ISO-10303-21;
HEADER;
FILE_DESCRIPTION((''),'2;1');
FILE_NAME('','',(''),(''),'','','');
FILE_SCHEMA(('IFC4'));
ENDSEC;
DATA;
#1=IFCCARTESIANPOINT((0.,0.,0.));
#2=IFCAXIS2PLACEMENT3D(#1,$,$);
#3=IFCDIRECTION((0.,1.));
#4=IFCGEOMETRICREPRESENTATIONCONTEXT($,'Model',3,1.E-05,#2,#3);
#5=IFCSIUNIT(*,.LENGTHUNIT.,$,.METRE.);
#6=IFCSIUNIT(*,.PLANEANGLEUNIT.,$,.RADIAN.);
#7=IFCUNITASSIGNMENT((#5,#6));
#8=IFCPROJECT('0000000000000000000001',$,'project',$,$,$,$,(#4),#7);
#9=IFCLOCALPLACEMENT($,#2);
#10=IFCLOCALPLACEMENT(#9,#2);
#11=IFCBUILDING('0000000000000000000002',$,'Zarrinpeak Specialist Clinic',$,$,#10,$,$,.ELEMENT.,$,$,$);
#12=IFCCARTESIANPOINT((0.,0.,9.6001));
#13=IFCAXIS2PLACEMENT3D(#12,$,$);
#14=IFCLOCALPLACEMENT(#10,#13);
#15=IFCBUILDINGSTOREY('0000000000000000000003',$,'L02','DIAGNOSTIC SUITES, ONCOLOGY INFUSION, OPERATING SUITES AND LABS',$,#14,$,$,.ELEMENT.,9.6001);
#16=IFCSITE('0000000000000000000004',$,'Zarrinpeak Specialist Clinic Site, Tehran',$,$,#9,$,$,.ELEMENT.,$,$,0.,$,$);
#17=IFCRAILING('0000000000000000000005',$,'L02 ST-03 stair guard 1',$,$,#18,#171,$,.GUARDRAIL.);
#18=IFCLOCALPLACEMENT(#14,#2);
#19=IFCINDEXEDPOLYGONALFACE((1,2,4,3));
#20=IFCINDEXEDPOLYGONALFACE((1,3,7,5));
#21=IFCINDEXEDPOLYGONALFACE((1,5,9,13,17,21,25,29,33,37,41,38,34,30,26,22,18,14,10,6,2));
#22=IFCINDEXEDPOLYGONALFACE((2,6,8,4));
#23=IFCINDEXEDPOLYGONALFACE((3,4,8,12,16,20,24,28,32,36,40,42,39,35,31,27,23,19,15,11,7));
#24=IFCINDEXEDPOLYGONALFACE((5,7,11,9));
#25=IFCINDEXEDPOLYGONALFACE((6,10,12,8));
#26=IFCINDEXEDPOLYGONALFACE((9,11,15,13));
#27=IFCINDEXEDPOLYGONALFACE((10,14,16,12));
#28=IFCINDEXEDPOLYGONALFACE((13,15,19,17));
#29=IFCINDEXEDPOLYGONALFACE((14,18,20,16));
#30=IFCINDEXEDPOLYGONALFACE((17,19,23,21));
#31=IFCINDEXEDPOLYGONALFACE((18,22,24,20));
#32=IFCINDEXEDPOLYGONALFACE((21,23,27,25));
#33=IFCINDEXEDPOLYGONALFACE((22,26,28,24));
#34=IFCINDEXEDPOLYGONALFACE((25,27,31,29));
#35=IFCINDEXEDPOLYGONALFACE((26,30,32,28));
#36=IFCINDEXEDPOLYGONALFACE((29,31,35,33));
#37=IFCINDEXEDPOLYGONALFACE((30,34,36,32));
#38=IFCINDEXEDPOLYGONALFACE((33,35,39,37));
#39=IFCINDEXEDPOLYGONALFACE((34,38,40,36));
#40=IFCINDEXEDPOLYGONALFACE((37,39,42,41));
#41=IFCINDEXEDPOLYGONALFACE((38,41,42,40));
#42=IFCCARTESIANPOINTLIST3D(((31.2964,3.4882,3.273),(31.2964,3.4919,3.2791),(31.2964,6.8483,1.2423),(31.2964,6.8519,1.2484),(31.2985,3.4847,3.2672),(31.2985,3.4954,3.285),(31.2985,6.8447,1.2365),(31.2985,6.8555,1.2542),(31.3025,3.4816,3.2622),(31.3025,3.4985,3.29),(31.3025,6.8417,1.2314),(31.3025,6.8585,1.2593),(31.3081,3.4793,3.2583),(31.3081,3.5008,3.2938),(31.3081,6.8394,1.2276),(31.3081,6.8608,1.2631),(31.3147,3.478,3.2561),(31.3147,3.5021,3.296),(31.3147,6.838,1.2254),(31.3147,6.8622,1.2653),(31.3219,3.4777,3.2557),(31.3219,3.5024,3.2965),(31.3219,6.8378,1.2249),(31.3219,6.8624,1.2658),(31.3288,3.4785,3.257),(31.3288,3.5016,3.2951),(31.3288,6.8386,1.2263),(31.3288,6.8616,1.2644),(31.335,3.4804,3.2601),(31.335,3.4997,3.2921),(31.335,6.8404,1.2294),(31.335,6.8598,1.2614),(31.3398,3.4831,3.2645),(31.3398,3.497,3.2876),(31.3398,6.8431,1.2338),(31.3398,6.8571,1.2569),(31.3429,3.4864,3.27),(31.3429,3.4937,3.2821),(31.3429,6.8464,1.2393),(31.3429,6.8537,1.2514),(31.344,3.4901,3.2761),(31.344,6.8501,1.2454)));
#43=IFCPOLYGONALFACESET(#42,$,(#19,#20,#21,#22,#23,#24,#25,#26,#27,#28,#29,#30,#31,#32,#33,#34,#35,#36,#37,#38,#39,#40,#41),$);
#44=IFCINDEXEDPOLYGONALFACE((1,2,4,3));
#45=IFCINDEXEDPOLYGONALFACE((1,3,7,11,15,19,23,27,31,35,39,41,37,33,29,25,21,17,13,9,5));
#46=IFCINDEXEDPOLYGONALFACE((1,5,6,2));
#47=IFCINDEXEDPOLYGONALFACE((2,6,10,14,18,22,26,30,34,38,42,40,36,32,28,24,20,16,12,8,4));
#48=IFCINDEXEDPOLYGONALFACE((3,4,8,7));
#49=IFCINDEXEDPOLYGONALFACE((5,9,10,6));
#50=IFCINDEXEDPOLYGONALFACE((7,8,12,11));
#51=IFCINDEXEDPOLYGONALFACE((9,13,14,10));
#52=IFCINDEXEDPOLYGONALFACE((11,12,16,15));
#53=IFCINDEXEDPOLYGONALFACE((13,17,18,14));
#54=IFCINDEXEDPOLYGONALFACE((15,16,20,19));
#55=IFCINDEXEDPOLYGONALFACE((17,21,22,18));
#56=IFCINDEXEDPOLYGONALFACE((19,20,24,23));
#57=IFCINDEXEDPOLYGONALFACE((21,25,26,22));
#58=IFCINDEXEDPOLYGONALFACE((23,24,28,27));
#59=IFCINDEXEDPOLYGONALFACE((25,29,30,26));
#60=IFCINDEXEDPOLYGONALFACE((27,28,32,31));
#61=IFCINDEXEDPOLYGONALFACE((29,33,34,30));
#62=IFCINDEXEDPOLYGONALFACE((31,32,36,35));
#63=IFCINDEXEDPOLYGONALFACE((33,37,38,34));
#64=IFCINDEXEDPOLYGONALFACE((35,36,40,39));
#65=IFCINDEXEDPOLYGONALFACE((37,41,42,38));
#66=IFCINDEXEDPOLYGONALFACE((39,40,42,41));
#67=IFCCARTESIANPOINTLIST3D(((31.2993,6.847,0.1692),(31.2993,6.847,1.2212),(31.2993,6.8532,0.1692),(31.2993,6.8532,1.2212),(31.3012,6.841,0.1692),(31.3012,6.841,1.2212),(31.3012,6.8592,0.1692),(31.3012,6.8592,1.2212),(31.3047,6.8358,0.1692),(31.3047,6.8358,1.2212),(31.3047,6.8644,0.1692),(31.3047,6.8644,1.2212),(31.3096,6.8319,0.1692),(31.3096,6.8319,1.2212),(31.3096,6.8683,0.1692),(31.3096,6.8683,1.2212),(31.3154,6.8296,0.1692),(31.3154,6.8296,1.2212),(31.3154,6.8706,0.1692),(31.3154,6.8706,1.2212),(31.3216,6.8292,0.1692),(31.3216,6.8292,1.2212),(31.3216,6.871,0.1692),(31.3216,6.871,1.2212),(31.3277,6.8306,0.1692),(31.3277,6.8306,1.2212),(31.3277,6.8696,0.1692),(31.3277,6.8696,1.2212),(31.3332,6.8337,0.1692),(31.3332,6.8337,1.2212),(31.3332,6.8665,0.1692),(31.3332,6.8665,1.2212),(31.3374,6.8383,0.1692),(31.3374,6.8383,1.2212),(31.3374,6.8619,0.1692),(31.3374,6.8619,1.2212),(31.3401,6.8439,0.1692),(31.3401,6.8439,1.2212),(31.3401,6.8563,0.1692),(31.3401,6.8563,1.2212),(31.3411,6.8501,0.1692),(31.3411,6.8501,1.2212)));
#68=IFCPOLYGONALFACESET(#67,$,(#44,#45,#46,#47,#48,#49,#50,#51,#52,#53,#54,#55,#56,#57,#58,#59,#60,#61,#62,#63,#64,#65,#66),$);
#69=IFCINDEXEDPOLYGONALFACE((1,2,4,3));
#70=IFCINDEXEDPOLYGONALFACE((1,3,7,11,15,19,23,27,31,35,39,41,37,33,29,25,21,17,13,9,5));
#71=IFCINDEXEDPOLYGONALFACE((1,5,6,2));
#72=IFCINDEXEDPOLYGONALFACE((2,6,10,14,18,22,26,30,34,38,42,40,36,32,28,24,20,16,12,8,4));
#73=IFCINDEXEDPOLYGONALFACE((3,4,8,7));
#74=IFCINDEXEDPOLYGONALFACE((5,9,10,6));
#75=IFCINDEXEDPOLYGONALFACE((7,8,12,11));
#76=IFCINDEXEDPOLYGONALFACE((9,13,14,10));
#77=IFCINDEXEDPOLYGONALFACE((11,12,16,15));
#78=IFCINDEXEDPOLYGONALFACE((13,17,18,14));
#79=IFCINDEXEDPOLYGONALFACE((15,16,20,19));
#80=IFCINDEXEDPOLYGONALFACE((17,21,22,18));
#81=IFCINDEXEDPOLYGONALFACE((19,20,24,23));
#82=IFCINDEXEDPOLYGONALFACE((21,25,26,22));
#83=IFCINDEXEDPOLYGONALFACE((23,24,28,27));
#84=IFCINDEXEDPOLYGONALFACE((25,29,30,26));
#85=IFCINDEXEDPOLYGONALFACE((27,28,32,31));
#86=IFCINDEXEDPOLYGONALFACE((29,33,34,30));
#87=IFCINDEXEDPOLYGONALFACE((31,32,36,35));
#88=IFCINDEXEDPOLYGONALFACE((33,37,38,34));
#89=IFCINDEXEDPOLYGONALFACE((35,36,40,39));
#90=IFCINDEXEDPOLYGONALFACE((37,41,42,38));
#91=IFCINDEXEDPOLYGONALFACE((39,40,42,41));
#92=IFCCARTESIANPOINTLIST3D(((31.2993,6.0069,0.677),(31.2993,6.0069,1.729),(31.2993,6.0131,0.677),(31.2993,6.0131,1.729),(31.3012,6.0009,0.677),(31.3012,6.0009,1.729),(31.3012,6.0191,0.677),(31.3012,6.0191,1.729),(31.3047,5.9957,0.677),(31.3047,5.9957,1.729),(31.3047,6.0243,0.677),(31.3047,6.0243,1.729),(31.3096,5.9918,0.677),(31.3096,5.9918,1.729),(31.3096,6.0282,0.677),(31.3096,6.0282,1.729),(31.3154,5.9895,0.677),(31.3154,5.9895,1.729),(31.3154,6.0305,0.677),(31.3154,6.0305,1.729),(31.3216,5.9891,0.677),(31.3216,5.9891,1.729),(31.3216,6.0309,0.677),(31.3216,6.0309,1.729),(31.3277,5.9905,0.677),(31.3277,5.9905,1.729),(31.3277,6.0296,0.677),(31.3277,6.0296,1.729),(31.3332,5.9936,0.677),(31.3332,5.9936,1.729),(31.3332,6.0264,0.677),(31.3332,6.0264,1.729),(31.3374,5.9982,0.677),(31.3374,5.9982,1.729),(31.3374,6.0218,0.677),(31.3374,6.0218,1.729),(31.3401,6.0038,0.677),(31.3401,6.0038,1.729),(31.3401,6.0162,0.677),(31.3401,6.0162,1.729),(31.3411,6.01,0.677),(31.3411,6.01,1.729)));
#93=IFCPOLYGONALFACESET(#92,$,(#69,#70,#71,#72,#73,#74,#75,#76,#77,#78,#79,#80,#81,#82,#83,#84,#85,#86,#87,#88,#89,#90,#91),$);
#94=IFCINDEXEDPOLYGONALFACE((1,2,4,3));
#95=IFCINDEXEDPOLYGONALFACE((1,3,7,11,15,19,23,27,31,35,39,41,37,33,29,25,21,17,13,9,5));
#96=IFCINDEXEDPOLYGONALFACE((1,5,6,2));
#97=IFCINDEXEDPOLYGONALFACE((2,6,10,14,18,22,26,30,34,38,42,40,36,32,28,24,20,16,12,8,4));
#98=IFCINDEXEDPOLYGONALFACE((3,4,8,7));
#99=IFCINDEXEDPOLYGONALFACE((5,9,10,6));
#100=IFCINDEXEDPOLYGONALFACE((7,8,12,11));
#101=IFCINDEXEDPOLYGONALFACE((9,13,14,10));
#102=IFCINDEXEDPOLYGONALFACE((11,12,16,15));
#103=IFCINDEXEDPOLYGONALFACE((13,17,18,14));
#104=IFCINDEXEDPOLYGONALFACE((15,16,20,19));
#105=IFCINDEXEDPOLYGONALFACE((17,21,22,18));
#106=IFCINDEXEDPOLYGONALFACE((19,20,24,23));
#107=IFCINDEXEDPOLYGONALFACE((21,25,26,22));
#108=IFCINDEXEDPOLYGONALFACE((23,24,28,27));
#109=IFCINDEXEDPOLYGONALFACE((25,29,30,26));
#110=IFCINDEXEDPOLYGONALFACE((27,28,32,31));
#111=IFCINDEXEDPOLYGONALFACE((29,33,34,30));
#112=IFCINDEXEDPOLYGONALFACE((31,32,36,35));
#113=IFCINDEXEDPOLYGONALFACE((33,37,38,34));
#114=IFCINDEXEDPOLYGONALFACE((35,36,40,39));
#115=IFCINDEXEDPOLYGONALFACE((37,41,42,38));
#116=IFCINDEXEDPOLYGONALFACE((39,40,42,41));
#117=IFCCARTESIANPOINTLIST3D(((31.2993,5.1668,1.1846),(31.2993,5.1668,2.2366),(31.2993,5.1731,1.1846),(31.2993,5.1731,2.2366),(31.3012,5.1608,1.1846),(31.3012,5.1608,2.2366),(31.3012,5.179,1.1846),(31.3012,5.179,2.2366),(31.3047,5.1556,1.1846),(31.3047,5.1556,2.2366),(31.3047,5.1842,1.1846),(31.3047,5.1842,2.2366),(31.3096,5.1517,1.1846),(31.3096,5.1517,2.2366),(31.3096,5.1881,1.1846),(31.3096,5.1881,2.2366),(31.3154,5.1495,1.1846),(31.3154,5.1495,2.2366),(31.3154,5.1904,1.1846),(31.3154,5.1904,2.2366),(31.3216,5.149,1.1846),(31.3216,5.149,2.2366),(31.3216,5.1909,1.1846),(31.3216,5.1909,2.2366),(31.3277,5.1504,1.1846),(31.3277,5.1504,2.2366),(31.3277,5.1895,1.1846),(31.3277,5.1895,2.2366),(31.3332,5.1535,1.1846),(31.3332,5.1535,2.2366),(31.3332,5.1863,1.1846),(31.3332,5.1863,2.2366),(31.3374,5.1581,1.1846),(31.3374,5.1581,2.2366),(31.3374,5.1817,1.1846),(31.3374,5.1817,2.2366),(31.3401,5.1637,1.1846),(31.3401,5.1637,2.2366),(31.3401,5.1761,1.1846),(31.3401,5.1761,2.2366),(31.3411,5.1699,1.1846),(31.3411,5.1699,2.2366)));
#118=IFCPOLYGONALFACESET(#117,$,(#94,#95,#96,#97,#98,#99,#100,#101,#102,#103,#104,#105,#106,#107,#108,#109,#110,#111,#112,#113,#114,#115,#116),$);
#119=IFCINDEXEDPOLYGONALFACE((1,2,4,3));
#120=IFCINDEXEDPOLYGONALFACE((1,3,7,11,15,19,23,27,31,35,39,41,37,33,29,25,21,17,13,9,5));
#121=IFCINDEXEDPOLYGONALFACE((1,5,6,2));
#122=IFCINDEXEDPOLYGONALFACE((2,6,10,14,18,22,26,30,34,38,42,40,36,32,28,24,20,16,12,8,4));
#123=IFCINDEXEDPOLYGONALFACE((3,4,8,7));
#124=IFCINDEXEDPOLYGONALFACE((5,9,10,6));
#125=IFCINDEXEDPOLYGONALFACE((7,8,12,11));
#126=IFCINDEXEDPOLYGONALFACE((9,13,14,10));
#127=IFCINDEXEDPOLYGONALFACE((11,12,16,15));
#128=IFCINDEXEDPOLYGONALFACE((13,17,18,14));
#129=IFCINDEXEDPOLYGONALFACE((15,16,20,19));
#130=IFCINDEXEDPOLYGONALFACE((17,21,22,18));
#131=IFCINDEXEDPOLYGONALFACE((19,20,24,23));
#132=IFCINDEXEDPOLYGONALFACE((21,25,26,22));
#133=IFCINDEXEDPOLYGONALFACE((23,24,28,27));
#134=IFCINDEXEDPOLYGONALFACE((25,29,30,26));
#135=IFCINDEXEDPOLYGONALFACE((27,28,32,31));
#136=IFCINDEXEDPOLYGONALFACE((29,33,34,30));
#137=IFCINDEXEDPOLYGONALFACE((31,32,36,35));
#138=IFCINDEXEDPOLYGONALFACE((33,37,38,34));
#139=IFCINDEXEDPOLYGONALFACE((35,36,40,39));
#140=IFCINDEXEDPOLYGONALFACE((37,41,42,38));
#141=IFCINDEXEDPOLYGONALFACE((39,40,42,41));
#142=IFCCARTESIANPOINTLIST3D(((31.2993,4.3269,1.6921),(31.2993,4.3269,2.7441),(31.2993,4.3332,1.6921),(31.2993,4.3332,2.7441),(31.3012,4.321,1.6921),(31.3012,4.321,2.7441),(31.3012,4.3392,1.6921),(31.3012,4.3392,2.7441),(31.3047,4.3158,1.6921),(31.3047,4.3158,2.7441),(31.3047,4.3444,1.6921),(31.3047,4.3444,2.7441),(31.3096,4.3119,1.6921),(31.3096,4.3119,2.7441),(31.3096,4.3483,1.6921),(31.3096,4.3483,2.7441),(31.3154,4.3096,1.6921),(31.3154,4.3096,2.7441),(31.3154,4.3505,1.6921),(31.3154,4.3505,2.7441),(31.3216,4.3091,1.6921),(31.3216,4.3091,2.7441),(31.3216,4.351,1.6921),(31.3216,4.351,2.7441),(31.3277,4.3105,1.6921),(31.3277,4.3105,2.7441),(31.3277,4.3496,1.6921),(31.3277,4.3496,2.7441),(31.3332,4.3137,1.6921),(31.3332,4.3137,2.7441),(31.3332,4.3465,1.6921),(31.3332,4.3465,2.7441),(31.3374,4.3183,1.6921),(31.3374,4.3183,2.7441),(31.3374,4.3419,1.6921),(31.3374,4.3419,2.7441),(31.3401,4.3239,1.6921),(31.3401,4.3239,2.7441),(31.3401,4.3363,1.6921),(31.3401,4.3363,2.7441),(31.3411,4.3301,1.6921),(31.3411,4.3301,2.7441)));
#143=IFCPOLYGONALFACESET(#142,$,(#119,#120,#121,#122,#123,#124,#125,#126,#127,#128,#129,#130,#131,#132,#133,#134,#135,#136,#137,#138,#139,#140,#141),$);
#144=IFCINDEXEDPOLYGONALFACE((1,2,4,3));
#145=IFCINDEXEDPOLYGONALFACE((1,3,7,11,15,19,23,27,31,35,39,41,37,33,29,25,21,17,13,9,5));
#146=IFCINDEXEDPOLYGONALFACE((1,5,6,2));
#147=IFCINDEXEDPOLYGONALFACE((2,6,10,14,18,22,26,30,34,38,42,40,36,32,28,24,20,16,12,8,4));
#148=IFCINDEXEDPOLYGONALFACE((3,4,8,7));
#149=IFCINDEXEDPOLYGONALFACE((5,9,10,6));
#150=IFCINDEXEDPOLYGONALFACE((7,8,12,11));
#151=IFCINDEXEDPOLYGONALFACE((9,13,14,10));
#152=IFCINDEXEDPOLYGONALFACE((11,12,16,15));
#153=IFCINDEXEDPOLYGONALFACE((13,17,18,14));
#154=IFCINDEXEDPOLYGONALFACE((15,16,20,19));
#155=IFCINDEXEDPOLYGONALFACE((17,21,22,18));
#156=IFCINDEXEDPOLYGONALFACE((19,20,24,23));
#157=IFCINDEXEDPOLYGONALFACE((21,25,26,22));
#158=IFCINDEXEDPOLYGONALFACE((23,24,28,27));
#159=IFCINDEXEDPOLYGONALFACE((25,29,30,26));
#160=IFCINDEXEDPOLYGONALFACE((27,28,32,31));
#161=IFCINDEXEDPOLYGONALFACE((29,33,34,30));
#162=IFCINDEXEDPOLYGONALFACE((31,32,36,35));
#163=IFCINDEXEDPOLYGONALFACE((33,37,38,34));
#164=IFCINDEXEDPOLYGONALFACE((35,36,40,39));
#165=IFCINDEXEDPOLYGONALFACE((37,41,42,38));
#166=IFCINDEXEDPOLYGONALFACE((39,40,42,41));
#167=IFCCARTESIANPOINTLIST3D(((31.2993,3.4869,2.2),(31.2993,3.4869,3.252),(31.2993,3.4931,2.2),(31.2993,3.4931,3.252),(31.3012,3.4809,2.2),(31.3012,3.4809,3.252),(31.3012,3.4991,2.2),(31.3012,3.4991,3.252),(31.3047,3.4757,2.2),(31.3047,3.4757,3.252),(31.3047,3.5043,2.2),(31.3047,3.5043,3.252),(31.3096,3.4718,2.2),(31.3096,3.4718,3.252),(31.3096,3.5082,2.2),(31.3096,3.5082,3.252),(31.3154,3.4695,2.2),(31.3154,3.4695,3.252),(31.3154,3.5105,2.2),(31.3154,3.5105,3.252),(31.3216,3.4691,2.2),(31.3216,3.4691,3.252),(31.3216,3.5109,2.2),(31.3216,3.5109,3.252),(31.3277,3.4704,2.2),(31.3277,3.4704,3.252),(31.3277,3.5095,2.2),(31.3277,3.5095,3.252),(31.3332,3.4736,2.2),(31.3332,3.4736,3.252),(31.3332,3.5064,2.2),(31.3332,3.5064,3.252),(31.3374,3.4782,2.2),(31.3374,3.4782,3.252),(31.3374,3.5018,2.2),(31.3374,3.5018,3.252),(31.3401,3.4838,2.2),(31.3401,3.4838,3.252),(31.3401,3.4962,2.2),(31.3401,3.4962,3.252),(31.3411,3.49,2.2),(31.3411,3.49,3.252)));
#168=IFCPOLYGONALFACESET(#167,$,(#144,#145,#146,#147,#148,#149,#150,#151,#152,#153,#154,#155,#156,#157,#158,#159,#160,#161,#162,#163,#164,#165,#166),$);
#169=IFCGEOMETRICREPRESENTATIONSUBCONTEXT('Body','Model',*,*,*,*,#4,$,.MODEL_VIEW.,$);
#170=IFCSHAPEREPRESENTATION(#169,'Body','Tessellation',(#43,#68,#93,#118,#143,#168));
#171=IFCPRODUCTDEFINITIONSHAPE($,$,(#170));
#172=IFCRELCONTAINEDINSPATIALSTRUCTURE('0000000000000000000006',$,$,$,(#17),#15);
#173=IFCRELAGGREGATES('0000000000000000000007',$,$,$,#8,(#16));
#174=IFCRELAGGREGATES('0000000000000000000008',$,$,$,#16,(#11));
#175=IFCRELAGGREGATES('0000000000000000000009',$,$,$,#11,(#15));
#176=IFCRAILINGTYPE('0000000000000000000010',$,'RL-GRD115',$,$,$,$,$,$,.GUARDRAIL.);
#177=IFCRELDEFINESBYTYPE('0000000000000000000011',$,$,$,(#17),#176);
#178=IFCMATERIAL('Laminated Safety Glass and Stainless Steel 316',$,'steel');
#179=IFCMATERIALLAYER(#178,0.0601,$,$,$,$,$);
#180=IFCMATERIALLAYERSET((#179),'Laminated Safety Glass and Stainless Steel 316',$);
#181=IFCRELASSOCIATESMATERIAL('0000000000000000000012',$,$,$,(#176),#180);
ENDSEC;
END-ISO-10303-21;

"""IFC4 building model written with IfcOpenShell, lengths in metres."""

from ifc_helpers import new_model, si_unit, direction, frame, origin, origin_2d, place, context, subcontext, project, spatial, circle, extrude, material, layer, layer_set, type_object, element, save


model = new_model("IFC4")

# Units and contexts
model_context = context("Model", 3, precision=1e-05, world=origin(), true_north=direction((0.0, 1.0)))
body_context = subcontext(model_context, "Body", "Model", "MODEL_VIEW")
ifc_project = project(units=[si_unit("LENGTHUNIT", "METRE"), si_unit("PLANEANGLEUNIT", "RADIAN")], contexts=[model_context])

# Site, building, storey
site_placement = place(None, origin())
site = spatial("IfcSite", under=ifc_project, at=site_placement, Name="Zarrinpeak Specialist Clinic Site, Tehran", CompositionType="ELEMENT", RefElevation=0.0)
building_placement = place(site_placement, origin())
building = spatial("IfcBuilding", under=site, at=building_placement, Name="Zarrinpeak Specialist Clinic", CompositionType="ELEMENT")
storey_placement = place(building_placement, frame((0.0, 0.0, 9.6001)))
storey = spatial("IfcBuildingStorey", under=building, at=storey_placement, Name="L02", Description="DIAGNOSTIC SUITES, ONCOLOGY INFUSION, OPERATING SUITES AND LABS", CompositionType="ELEMENT", Elevation=9.6001)

# Railing
ifc_material_1 = material(Name="Laminated Safety Glass and Stainless Steel 316", Category="steel")
ifc_layer_1 = layer(ifc_material_1, 0.0601)
ifc_layer_set_1 = layer_set([ifc_layer_1], Name="Laminated Safety Glass and Stainless Steel 316")
railing_type_1 = type_object("IfcRailingType", Name="RL-GRD115", PredefinedType="GUARDRAIL", material=ifc_layer_set_1)
railing_1_placement = place(storey_placement, frame((31.3201, 6.8501, 0.1692)))
element("IfcRailing", 1, at=railing_1_placement, inside=storey, type_object=railing_type_1, Name="L02 ST-03 stair guard 1", PredefinedType="GUARDRAIL", context=body_context, shape_type="SweptSolid", body=[
    extrude(circle(Radius=0.0239, at=origin_2d()), frame((0.0, 0.0, 1.0762), z_axis=(0.0, -0.855837, 0.517246), x_axis=(1.0, 0.0, 0.0)), (0.0, 0.0, 1.0), 3.926),
    extrude(circle(Radius=0.021, at=origin_2d()), origin(), (0.0, 0.0, 1.0), 1.052),
    extrude(circle(Radius=0.021, at=origin_2d()), frame((0.0, -0.8401, 0.5078)), (0.0, 0.0, 1.0), 1.052),
    extrude(circle(Radius=0.021, at=origin_2d()), frame((0.0, -1.6802, 1.0154)), (0.0, 0.0, 1.0), 1.052),
    extrude(circle(Radius=0.021, at=origin_2d()), frame((0.0, -2.52, 1.5229)), (0.0, 0.0, 1.0), 1.052),
    extrude(circle(Radius=0.021, at=origin_2d()), frame((0.0, -3.3601, 2.0308)), (0.0, 0.0, 1.0), 1.052),
])

save(model, "model.ifc")
